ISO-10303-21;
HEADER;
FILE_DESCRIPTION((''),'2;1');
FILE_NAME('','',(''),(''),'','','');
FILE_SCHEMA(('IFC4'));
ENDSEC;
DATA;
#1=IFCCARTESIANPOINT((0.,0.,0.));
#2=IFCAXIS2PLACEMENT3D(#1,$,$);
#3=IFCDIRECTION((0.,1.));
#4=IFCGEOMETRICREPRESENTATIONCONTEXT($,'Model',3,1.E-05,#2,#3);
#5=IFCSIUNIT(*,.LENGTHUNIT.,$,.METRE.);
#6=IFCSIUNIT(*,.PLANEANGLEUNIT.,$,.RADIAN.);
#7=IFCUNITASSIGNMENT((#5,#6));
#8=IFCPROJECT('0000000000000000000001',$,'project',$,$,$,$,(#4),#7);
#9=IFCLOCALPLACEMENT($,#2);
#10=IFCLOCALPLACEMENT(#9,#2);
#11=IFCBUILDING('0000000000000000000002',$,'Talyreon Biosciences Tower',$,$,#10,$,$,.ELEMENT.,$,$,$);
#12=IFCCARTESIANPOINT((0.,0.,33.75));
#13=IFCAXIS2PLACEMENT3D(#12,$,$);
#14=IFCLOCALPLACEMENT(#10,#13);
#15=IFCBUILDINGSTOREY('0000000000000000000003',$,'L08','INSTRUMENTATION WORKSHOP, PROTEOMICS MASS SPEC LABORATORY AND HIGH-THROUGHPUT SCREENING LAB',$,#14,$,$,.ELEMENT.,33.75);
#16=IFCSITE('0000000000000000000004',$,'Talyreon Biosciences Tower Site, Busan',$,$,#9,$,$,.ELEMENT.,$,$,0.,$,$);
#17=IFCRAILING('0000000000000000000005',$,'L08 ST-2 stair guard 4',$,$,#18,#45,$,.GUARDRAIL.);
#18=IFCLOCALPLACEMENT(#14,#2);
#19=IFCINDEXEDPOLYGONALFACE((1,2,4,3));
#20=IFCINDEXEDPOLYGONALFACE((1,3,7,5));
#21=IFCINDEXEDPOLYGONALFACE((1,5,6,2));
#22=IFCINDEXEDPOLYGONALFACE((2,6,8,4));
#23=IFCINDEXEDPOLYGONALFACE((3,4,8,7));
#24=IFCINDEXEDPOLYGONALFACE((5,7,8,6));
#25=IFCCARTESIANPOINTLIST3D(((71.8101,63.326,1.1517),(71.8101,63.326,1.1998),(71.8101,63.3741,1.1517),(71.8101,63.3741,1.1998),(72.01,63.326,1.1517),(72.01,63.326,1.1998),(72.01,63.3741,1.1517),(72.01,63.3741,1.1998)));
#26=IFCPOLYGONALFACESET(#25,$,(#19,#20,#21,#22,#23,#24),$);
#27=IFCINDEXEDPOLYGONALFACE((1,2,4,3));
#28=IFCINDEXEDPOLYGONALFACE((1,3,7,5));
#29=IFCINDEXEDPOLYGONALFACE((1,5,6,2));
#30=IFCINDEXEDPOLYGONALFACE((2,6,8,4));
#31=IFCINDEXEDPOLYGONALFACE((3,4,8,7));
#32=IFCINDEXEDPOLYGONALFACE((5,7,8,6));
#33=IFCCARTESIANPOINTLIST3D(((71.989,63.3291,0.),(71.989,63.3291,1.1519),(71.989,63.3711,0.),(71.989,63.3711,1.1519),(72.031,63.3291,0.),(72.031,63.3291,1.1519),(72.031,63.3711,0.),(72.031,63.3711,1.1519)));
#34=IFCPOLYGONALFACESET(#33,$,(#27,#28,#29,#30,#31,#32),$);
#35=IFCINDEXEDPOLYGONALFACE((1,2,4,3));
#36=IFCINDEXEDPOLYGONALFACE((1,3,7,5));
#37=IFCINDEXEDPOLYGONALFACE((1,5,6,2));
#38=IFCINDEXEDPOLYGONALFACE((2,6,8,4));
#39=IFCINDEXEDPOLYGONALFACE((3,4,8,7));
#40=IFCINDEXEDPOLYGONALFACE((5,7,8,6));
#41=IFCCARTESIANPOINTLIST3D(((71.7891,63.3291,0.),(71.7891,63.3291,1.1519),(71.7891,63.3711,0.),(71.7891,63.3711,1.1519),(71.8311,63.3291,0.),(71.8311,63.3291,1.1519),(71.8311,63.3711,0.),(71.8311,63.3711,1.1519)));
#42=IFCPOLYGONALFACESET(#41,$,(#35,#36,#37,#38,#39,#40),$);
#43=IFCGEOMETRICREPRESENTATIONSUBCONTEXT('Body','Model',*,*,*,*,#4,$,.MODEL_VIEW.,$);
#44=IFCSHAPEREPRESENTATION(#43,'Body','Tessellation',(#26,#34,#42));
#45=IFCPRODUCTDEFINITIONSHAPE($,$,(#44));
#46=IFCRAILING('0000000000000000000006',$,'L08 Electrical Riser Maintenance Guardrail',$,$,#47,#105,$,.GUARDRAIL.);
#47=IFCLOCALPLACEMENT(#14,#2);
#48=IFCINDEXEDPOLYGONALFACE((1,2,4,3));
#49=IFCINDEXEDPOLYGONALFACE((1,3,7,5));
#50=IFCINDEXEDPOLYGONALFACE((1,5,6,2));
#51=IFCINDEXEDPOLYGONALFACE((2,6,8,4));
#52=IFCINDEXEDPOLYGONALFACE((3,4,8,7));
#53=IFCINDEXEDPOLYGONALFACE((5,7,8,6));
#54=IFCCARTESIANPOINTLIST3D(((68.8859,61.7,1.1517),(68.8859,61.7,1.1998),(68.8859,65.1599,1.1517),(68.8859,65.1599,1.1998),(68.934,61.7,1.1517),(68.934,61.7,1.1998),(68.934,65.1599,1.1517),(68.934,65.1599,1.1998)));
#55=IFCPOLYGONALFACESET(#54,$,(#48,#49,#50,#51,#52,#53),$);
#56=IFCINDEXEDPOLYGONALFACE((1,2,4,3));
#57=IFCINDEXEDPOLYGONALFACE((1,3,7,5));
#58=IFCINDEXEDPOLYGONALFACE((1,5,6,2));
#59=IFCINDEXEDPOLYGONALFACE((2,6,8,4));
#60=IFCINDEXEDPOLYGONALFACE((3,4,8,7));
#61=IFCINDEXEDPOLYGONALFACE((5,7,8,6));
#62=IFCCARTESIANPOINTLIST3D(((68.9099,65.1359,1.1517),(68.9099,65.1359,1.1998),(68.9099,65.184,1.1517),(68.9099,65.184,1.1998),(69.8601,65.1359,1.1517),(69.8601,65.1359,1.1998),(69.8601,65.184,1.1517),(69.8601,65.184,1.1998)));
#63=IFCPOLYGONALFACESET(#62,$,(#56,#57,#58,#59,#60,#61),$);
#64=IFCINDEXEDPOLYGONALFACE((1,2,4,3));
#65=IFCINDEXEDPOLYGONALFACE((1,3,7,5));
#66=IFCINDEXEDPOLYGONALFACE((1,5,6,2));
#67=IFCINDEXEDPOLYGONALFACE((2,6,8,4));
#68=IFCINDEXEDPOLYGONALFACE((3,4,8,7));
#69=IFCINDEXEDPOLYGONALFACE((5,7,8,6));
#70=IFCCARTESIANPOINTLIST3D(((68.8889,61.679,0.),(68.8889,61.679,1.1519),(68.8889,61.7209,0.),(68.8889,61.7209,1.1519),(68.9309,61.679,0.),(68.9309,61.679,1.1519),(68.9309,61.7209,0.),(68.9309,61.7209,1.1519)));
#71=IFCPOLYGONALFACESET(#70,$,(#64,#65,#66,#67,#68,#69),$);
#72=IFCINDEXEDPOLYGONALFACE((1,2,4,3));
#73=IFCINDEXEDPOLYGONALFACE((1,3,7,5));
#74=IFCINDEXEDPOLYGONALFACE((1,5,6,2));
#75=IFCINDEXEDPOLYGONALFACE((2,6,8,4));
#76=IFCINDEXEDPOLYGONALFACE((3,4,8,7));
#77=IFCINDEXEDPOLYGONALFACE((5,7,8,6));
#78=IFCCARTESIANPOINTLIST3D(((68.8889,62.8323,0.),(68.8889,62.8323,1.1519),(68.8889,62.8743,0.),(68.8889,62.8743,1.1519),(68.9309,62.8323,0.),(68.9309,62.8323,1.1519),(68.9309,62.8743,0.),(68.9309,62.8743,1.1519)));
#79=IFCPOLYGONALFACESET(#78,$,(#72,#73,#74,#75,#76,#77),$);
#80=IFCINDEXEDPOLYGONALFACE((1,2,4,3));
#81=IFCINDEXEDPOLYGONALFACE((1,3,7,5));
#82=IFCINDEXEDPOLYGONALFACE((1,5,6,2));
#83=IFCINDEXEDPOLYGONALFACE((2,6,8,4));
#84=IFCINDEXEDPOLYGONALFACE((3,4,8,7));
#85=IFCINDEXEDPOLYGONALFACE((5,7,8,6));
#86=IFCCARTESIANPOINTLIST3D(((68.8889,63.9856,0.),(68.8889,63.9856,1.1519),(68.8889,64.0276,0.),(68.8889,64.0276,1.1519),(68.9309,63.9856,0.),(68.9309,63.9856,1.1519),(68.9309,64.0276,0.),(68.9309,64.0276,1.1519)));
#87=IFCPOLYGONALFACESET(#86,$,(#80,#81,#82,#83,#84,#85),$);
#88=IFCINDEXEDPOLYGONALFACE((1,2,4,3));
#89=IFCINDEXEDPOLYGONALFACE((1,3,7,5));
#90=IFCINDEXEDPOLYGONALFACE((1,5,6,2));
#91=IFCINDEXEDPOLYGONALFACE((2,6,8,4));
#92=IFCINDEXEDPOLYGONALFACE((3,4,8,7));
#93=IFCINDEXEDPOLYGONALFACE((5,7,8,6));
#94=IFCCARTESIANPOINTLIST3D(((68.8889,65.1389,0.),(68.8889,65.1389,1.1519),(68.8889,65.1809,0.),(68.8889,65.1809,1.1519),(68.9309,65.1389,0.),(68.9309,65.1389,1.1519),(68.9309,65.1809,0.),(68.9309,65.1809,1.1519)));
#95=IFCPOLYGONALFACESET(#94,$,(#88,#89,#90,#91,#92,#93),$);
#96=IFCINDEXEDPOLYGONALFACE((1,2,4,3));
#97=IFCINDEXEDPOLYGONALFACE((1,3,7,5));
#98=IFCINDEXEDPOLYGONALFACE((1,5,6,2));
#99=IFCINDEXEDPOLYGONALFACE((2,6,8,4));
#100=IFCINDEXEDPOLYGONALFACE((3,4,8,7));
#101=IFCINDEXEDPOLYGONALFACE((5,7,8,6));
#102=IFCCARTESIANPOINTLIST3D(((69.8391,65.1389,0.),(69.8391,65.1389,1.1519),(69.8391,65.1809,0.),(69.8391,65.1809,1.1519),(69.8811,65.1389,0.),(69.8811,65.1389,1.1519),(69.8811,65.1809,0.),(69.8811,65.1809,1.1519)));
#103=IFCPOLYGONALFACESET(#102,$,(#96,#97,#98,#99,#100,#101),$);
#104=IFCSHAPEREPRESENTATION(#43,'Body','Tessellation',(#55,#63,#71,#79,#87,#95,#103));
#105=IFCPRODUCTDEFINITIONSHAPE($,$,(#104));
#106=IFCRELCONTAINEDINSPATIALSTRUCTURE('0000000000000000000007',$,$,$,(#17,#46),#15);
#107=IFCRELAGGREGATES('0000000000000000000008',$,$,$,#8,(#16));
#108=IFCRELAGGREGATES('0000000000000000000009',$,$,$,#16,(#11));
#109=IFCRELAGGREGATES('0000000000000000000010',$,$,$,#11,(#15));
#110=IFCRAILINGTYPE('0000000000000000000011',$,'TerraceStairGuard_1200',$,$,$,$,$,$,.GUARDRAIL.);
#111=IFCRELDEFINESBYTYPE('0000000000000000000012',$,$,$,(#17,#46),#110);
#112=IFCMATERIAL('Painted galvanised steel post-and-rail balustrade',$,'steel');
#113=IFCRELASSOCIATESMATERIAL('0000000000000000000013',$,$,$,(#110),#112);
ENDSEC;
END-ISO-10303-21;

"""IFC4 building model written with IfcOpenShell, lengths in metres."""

from ifc_helpers import new_model, si_unit, direction, frame, origin, origin_2d, place, context, subcontext, project, spatial, rectangle, extrude, material, type_object, element, save


model = new_model("IFC4")

# Units and contexts
model_context = context("Model", 3, precision=1e-05, world=origin(), true_north=direction((0.0, 1.0)))
body_context = subcontext(model_context, "Body", "Model", "MODEL_VIEW")
ifc_project = project(units=[si_unit("LENGTHUNIT", "METRE"), si_unit("PLANEANGLEUNIT", "RADIAN")], contexts=[model_context])

# Site, building, storey
site_placement = place(None, origin())
site = spatial("IfcSite", under=ifc_project, at=site_placement, Name="Talyreon Biosciences Tower Site, Busan", CompositionType="ELEMENT", RefElevation=0.0)
building_placement = place(site_placement, origin())
building = spatial("IfcBuilding", under=site, at=building_placement, Name="Talyreon Biosciences Tower", CompositionType="ELEMENT")
storey_placement = place(building_placement, frame((0.0, 0.0, 33.75)))
storey = spatial("IfcBuildingStorey", under=building, at=storey_placement, Name="L08", Description="INSTRUMENTATION WORKSHOP, PROTEOMICS MASS SPEC LABORATORY AND HIGH-THROUGHPUT SCREENING LAB", CompositionType="ELEMENT", Elevation=33.75)

# Railings
ifc_material_1 = material(Name="Painted galvanised steel post-and-rail balustrade", Category="steel")
railing_type_1 = type_object("IfcRailingType", Name="TerraceStairGuard_1200", PredefinedType="GUARDRAIL", material=ifc_material_1)
railing_1_placement = place(storey_placement, frame((72.01, 63.3501, 0.0)))
element("IfcRailing", 1, at=railing_1_placement, inside=storey, type_object=railing_type_1, Name="L08 ST-2 stair guard 4", PredefinedType="GUARDRAIL", context=body_context, shape_type="SweptSolid", body=[
    extrude(rectangle(XDim=0.0481, YDim=0.0481, at=origin_2d()), frame((0.0, 0.0, 1.1758), z_axis=(-1.0, 0.0, 0.0), x_axis=(0.0, -1.0, 0.0)), (0.0, 0.0, 1.0), 0.2),
    extrude(rectangle(XDim=0.042, YDim=0.042, at=origin_2d()), origin(), (0.0, 0.0, 1.0), 1.1519),
    extrude(rectangle(XDim=0.042, YDim=0.042, at=origin_2d()), frame((-0.2, 0.0, 0.0)), (0.0, 0.0, 1.0), 1.1519),
])
railing_2_placement = place(storey_placement, frame((68.9099, 61.7, 0.0)))
element("IfcRailing", 2, at=railing_2_placement, inside=storey, type_object=railing_type_1, Name="L08 Electrical Riser Maintenance Guardrail", PredefinedType="GUARDRAIL", context=body_context, shape_type="SweptSolid", body=[
    extrude(rectangle(XDim=0.0481, YDim=0.0481, at=origin_2d()), frame((0.0, 0.0, 1.1758), z_axis=(0.0, 1.0, 0.0), x_axis=(-1.0, 0.0, 0.0)), (0.0, 0.0, 1.0), 3.46),
    extrude(rectangle(XDim=0.0481, YDim=0.0481, at=origin_2d()), frame((0.0, 3.46, 1.1758), z_axis=(1.0, 0.0, 0.0), x_axis=(0.0, 1.0, 0.0)), (0.0, 0.0, 1.0), 0.9502),
    extrude(rectangle(XDim=0.042, YDim=0.042, at=origin_2d()), origin(), (0.0, 0.0, 1.0), 1.1519),
    extrude(rectangle(XDim=0.042, YDim=0.042, at=origin_2d()), frame((0.0, 1.1533, 0.0)), (0.0, 0.0, 1.0), 1.1519),
    extrude(rectangle(XDim=0.042, YDim=0.042, at=origin_2d()), frame((0.0, 2.3066, 0.0)), (0.0, 0.0, 1.0), 1.1519),
    extrude(rectangle(XDim=0.042, YDim=0.042, at=origin_2d()), frame((0.0, 3.46, 0.0)), (0.0, 0.0, 1.0), 1.1519),
    extrude(rectangle(XDim=0.042, YDim=0.042, at=origin_2d()), frame((0.9502, 3.46, 0.0)), (0.0, 0.0, 1.0), 1.1519),
])

save(model, "model.ifc")
